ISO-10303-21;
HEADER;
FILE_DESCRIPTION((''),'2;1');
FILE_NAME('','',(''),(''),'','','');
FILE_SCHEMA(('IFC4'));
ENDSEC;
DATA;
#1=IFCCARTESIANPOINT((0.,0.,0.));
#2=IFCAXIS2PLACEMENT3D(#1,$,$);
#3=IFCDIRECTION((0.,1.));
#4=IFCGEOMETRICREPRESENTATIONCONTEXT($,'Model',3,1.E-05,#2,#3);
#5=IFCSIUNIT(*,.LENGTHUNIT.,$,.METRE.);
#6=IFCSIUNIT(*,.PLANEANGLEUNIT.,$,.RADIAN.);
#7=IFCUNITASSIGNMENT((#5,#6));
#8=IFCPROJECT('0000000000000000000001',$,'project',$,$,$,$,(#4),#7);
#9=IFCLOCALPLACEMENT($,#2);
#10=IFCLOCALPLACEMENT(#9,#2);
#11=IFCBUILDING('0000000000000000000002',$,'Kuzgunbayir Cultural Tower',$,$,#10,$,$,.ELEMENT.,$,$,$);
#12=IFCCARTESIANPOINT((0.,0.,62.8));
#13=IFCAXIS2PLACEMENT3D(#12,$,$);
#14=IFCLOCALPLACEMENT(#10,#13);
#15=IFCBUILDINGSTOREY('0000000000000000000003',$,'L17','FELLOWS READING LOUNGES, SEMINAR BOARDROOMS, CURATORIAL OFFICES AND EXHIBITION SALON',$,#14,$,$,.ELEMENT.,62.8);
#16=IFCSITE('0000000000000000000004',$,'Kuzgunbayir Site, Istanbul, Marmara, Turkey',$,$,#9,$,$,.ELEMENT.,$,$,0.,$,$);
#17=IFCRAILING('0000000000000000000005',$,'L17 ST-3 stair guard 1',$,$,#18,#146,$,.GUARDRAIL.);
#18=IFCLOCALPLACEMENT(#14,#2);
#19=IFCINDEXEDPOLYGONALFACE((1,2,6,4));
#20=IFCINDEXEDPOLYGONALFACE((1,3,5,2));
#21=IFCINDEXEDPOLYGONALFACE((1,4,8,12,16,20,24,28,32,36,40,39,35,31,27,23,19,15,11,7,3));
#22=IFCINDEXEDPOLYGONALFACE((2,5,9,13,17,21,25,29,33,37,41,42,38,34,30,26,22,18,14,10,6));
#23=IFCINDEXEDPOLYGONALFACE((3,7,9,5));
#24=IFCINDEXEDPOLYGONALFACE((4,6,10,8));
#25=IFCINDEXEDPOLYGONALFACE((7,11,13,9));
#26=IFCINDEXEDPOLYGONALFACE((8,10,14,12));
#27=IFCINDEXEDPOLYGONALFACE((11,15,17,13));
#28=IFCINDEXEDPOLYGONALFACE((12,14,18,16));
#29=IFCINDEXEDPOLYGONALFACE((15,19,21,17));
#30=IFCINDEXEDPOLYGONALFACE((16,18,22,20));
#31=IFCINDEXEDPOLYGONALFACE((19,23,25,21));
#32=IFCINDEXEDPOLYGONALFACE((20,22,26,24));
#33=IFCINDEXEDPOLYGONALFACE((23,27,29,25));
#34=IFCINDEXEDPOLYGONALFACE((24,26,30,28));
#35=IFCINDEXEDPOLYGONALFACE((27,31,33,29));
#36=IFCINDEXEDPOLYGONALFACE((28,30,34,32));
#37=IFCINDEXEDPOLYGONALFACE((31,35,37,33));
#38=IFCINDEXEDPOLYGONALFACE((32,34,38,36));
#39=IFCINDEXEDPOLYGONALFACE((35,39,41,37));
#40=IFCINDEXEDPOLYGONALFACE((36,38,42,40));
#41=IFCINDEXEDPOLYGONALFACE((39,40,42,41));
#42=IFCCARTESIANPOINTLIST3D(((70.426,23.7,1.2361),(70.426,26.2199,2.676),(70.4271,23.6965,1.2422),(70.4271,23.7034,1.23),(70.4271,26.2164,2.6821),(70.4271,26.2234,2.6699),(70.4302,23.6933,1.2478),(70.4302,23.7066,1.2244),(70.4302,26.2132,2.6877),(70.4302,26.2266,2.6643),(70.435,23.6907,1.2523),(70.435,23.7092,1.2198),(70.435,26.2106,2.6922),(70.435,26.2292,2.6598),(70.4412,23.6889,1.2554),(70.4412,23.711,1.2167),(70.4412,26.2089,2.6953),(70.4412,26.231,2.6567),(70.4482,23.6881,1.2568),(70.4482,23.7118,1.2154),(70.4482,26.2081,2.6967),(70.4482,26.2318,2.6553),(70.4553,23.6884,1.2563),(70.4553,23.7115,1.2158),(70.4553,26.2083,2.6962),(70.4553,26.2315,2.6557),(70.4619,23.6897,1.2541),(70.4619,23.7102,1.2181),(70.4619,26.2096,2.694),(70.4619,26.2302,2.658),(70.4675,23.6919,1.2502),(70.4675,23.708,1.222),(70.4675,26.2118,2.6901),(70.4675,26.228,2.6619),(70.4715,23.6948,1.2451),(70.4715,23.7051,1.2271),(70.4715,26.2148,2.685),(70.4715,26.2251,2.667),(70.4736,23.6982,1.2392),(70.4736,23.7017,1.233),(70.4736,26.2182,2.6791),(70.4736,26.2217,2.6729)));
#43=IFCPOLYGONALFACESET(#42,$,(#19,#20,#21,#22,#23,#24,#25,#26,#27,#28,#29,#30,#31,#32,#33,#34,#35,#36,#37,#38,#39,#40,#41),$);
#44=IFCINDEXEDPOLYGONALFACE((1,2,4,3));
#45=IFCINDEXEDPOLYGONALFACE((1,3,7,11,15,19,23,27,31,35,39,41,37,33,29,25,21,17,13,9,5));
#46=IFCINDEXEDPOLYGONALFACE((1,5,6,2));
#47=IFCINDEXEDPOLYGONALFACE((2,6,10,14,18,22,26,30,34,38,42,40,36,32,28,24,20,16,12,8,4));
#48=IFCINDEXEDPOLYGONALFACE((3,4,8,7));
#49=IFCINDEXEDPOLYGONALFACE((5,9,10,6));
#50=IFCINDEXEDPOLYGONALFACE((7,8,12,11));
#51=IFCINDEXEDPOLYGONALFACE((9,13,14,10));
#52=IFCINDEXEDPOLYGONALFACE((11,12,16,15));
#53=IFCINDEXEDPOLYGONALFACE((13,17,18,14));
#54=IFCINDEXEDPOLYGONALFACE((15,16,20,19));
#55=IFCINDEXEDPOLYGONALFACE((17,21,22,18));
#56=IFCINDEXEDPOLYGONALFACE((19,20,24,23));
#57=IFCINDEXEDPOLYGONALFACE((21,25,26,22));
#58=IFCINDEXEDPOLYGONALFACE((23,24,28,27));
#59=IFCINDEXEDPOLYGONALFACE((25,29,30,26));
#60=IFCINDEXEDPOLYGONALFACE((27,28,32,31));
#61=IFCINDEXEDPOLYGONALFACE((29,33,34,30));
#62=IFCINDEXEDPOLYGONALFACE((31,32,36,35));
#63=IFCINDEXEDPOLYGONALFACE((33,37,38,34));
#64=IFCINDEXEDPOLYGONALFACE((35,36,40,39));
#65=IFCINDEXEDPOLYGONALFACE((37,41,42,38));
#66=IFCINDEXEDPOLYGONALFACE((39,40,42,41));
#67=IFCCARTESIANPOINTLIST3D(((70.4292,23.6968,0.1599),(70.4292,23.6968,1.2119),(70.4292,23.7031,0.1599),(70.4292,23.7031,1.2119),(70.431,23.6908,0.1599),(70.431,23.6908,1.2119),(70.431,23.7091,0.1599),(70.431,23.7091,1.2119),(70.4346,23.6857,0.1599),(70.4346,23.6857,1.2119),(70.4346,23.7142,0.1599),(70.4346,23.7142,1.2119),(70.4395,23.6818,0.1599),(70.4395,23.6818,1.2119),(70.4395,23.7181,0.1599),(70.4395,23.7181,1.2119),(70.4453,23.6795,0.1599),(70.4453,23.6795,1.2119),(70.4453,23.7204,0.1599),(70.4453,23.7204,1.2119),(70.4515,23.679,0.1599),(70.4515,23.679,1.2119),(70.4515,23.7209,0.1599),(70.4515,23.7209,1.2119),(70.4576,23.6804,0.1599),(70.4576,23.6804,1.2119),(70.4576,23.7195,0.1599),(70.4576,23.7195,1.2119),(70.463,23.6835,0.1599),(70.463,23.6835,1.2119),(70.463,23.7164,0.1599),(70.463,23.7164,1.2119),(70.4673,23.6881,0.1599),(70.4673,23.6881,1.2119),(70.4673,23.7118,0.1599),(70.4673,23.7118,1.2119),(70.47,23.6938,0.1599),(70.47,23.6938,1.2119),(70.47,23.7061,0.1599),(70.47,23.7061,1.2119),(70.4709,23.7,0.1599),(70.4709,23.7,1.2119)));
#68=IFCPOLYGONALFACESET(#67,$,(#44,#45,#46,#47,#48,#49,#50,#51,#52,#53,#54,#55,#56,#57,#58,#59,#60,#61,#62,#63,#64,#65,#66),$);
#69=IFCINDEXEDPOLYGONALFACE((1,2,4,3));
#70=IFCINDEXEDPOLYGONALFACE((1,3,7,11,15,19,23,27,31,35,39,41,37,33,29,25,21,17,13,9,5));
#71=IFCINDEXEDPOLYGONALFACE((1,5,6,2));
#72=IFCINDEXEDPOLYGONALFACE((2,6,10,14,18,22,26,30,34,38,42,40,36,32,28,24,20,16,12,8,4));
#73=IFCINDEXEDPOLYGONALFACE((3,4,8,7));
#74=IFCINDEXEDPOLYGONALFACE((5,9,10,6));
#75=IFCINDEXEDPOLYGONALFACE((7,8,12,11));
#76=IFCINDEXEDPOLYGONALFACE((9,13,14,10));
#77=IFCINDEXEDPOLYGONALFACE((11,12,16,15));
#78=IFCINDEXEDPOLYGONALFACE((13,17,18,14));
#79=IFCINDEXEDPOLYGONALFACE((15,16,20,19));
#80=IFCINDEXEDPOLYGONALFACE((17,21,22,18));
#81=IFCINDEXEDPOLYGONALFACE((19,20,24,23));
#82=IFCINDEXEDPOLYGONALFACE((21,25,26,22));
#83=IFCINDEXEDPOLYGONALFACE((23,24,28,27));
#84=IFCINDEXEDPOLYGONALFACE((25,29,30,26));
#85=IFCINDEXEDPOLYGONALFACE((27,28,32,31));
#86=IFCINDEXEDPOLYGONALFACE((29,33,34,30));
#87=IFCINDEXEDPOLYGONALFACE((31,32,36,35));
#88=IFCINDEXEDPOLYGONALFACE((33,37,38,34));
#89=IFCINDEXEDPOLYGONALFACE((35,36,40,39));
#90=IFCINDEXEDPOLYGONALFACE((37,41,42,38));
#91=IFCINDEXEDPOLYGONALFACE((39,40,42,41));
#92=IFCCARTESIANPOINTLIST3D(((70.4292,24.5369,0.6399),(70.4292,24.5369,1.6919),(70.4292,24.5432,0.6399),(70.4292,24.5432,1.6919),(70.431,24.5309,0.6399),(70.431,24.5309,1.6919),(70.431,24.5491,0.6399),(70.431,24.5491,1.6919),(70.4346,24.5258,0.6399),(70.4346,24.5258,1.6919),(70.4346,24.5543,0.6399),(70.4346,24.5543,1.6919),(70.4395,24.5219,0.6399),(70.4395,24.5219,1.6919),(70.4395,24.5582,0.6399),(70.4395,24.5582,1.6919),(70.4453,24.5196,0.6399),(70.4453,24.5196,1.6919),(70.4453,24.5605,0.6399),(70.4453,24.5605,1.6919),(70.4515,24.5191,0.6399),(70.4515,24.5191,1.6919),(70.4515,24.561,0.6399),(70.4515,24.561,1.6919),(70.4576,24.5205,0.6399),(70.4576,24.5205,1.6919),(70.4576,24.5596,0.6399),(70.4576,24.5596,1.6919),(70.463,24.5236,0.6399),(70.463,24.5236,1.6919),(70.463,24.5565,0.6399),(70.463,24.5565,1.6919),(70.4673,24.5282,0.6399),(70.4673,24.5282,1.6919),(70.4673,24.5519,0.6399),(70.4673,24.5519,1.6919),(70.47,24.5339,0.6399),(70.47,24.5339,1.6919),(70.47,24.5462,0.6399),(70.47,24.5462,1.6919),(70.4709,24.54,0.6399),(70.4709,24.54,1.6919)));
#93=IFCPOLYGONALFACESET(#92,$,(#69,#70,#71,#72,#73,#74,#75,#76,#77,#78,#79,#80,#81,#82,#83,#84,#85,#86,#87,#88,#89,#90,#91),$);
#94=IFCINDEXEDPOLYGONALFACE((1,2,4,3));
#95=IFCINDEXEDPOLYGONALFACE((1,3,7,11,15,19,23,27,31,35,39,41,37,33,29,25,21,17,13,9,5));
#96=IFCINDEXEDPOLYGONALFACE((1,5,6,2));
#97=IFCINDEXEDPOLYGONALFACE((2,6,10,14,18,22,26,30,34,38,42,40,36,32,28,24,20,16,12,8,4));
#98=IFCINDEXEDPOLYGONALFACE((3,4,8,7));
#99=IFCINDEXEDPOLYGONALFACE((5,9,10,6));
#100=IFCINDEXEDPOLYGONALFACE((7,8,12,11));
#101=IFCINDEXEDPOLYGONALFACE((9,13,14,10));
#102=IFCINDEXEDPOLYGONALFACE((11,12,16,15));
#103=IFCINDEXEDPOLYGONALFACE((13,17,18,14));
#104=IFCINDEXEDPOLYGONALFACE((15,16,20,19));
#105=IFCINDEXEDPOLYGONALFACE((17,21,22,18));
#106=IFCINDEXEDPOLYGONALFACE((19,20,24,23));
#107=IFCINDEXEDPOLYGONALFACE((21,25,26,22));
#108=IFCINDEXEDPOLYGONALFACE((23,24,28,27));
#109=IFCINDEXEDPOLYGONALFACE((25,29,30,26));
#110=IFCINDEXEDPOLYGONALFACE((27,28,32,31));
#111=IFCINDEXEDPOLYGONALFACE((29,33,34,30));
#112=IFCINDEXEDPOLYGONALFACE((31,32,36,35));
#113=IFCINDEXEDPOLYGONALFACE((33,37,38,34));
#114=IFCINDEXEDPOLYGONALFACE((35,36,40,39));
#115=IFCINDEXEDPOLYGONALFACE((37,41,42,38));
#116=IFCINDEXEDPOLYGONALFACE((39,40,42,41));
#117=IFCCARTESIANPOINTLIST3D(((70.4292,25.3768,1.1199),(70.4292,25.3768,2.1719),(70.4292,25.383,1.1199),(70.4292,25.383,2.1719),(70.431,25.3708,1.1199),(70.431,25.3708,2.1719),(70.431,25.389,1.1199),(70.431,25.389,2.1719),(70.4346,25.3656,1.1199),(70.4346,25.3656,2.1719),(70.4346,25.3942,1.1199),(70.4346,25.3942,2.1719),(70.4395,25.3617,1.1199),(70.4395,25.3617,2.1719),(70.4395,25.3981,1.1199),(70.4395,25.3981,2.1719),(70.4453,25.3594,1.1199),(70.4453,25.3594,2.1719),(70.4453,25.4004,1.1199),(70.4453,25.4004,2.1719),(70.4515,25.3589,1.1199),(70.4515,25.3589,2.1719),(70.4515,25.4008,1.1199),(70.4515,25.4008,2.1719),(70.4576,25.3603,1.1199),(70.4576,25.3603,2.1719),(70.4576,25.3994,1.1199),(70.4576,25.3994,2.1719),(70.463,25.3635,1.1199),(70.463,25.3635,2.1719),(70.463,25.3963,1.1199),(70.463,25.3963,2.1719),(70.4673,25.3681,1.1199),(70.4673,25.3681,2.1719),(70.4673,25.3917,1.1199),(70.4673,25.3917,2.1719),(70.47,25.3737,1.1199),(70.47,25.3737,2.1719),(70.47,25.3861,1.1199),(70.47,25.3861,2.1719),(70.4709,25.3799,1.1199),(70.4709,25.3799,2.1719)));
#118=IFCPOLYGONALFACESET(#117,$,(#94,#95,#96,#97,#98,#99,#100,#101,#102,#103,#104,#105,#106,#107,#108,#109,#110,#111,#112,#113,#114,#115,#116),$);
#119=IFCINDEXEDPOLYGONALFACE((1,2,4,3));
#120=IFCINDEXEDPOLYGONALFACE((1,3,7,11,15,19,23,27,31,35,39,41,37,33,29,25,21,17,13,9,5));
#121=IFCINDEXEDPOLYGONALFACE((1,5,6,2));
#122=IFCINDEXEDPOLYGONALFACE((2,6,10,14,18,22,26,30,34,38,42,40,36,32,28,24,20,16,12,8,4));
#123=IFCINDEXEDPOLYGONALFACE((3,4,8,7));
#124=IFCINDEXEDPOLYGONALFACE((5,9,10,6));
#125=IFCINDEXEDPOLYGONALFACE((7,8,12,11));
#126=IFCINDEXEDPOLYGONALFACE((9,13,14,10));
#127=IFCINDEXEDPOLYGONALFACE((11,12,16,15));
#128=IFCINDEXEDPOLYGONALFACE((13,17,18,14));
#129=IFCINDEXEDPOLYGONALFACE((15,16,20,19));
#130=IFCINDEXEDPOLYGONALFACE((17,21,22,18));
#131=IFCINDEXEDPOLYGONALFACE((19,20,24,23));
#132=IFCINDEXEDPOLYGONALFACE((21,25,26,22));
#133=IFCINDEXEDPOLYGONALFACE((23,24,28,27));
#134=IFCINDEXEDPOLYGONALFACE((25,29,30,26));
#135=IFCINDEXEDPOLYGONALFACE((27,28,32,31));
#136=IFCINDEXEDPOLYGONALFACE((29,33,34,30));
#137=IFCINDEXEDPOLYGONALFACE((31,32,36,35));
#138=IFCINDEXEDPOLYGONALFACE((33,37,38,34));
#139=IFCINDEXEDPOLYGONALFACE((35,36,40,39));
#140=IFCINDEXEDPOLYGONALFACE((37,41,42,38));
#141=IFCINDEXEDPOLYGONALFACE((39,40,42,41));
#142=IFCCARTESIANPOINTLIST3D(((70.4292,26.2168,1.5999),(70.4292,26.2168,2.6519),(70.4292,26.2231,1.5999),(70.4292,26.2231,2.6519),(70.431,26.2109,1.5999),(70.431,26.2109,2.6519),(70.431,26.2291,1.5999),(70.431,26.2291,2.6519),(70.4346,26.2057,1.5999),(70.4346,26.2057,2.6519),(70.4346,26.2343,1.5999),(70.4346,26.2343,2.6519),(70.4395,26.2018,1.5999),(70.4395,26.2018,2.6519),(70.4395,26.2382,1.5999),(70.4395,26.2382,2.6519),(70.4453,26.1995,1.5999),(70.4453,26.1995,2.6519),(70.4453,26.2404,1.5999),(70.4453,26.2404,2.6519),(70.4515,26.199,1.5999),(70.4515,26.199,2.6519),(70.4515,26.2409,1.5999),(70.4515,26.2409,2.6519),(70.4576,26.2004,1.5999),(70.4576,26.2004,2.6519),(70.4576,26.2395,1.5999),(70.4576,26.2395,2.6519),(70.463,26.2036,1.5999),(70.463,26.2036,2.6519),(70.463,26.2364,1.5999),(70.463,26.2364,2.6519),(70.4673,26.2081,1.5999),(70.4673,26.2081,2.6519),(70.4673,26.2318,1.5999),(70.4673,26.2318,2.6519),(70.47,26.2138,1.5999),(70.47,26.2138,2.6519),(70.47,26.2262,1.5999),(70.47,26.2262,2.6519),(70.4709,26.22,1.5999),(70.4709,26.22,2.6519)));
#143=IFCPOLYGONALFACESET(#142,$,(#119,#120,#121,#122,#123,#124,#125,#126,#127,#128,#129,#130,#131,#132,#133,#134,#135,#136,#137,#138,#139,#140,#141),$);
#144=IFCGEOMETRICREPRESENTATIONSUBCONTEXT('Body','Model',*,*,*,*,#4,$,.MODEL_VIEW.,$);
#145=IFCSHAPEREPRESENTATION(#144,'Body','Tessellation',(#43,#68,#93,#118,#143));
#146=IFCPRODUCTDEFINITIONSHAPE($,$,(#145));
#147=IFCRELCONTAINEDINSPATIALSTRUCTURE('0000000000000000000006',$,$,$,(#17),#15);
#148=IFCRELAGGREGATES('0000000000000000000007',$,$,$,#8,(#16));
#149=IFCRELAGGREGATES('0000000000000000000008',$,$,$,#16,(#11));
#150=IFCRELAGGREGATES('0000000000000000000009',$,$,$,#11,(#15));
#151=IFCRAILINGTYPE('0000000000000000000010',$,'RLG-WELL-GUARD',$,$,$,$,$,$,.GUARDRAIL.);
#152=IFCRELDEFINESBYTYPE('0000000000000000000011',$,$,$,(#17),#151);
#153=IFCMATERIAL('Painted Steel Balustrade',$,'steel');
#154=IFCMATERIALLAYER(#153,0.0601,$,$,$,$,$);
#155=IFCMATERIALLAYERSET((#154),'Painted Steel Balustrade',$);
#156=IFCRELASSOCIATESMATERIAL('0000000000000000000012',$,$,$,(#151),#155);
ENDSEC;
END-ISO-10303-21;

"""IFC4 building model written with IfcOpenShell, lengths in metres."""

from ifc_helpers import new_model, si_unit, direction, frame, origin, origin_2d, place, context, subcontext, project, spatial, circle, extrude, material, layer, layer_set, type_object, element, save


model = new_model("IFC4")

# Units and contexts
model_context = context("Model", 3, precision=1e-05, world=origin(), true_north=direction((0.0, 1.0)))
body_context = subcontext(model_context, "Body", "Model", "MODEL_VIEW")
ifc_project = project(units=[si_unit("LENGTHUNIT", "METRE"), si_unit("PLANEANGLEUNIT", "RADIAN")], contexts=[model_context])

# Site, building, storey
site_placement = place(None, origin())
site = spatial("IfcSite", under=ifc_project, at=site_placement, Name="Kuzgunbayir Site, Istanbul, Marmara, Turkey", CompositionType="ELEMENT", RefElevation=0.0)
building_placement = place(site_placement, origin())
building = spatial("IfcBuilding", under=site, at=building_placement, Name="Kuzgunbayir Cultural Tower", CompositionType="ELEMENT")
storey_placement = place(building_placement, frame((0.0, 0.0, 62.8)))
storey = spatial("IfcBuildingStorey", under=building, at=storey_placement, Name="L17", Description="FELLOWS READING LOUNGES, SEMINAR BOARDROOMS, CURATORIAL OFFICES AND EXHIBITION SALON", CompositionType="ELEMENT", Elevation=62.8)

# Railing
ifc_material_1 = material(Name="Painted Steel Balustrade", Category="steel")
ifc_layer_1 = layer(ifc_material_1, 0.0601)
ifc_layer_set_1 = layer_set([ifc_layer_1], Name="Painted Steel Balustrade")
railing_type_1 = type_object("IfcRailingType", Name="RLG-WELL-GUARD", PredefinedType="GUARDRAIL", material=ifc_layer_set_1)
railing_1_placement = place(storey_placement, frame((70.45, 23.7, 0.1599)))
element("IfcRailing", 1, at=railing_1_placement, inside=storey, type_object=railing_type_1, Name="L17 ST-3 stair guard 1", PredefinedType="GUARDRAIL", context=body_context, shape_type="SweptSolid", body=[
    extrude(circle(Radius=0.0239, at=origin_2d()), frame((0.0, 0.0, 1.0762), z_axis=(0.0, 0.868253, 0.496121), x_axis=(-1.0, 0.0, 0.0)), (0.0, 0.0, 1.0), 2.9023),
    extrude(circle(Radius=0.021, at=origin_2d()), origin(), (0.0, 0.0, 1.0), 1.052),
    extrude(circle(Radius=0.021, at=origin_2d()), frame((0.0, 0.8401, 0.48)), (0.0, 0.0, 1.0), 1.052),
    extrude(circle(Radius=0.021, at=origin_2d()), frame((0.0, 1.6799, 0.96)), (0.0, 0.0, 1.0), 1.052),
    extrude(circle(Radius=0.021, at=origin_2d()), frame((0.0, 2.52, 1.4399)), (0.0, 0.0, 1.0), 1.052),
])

save(model, "model.ifc")
